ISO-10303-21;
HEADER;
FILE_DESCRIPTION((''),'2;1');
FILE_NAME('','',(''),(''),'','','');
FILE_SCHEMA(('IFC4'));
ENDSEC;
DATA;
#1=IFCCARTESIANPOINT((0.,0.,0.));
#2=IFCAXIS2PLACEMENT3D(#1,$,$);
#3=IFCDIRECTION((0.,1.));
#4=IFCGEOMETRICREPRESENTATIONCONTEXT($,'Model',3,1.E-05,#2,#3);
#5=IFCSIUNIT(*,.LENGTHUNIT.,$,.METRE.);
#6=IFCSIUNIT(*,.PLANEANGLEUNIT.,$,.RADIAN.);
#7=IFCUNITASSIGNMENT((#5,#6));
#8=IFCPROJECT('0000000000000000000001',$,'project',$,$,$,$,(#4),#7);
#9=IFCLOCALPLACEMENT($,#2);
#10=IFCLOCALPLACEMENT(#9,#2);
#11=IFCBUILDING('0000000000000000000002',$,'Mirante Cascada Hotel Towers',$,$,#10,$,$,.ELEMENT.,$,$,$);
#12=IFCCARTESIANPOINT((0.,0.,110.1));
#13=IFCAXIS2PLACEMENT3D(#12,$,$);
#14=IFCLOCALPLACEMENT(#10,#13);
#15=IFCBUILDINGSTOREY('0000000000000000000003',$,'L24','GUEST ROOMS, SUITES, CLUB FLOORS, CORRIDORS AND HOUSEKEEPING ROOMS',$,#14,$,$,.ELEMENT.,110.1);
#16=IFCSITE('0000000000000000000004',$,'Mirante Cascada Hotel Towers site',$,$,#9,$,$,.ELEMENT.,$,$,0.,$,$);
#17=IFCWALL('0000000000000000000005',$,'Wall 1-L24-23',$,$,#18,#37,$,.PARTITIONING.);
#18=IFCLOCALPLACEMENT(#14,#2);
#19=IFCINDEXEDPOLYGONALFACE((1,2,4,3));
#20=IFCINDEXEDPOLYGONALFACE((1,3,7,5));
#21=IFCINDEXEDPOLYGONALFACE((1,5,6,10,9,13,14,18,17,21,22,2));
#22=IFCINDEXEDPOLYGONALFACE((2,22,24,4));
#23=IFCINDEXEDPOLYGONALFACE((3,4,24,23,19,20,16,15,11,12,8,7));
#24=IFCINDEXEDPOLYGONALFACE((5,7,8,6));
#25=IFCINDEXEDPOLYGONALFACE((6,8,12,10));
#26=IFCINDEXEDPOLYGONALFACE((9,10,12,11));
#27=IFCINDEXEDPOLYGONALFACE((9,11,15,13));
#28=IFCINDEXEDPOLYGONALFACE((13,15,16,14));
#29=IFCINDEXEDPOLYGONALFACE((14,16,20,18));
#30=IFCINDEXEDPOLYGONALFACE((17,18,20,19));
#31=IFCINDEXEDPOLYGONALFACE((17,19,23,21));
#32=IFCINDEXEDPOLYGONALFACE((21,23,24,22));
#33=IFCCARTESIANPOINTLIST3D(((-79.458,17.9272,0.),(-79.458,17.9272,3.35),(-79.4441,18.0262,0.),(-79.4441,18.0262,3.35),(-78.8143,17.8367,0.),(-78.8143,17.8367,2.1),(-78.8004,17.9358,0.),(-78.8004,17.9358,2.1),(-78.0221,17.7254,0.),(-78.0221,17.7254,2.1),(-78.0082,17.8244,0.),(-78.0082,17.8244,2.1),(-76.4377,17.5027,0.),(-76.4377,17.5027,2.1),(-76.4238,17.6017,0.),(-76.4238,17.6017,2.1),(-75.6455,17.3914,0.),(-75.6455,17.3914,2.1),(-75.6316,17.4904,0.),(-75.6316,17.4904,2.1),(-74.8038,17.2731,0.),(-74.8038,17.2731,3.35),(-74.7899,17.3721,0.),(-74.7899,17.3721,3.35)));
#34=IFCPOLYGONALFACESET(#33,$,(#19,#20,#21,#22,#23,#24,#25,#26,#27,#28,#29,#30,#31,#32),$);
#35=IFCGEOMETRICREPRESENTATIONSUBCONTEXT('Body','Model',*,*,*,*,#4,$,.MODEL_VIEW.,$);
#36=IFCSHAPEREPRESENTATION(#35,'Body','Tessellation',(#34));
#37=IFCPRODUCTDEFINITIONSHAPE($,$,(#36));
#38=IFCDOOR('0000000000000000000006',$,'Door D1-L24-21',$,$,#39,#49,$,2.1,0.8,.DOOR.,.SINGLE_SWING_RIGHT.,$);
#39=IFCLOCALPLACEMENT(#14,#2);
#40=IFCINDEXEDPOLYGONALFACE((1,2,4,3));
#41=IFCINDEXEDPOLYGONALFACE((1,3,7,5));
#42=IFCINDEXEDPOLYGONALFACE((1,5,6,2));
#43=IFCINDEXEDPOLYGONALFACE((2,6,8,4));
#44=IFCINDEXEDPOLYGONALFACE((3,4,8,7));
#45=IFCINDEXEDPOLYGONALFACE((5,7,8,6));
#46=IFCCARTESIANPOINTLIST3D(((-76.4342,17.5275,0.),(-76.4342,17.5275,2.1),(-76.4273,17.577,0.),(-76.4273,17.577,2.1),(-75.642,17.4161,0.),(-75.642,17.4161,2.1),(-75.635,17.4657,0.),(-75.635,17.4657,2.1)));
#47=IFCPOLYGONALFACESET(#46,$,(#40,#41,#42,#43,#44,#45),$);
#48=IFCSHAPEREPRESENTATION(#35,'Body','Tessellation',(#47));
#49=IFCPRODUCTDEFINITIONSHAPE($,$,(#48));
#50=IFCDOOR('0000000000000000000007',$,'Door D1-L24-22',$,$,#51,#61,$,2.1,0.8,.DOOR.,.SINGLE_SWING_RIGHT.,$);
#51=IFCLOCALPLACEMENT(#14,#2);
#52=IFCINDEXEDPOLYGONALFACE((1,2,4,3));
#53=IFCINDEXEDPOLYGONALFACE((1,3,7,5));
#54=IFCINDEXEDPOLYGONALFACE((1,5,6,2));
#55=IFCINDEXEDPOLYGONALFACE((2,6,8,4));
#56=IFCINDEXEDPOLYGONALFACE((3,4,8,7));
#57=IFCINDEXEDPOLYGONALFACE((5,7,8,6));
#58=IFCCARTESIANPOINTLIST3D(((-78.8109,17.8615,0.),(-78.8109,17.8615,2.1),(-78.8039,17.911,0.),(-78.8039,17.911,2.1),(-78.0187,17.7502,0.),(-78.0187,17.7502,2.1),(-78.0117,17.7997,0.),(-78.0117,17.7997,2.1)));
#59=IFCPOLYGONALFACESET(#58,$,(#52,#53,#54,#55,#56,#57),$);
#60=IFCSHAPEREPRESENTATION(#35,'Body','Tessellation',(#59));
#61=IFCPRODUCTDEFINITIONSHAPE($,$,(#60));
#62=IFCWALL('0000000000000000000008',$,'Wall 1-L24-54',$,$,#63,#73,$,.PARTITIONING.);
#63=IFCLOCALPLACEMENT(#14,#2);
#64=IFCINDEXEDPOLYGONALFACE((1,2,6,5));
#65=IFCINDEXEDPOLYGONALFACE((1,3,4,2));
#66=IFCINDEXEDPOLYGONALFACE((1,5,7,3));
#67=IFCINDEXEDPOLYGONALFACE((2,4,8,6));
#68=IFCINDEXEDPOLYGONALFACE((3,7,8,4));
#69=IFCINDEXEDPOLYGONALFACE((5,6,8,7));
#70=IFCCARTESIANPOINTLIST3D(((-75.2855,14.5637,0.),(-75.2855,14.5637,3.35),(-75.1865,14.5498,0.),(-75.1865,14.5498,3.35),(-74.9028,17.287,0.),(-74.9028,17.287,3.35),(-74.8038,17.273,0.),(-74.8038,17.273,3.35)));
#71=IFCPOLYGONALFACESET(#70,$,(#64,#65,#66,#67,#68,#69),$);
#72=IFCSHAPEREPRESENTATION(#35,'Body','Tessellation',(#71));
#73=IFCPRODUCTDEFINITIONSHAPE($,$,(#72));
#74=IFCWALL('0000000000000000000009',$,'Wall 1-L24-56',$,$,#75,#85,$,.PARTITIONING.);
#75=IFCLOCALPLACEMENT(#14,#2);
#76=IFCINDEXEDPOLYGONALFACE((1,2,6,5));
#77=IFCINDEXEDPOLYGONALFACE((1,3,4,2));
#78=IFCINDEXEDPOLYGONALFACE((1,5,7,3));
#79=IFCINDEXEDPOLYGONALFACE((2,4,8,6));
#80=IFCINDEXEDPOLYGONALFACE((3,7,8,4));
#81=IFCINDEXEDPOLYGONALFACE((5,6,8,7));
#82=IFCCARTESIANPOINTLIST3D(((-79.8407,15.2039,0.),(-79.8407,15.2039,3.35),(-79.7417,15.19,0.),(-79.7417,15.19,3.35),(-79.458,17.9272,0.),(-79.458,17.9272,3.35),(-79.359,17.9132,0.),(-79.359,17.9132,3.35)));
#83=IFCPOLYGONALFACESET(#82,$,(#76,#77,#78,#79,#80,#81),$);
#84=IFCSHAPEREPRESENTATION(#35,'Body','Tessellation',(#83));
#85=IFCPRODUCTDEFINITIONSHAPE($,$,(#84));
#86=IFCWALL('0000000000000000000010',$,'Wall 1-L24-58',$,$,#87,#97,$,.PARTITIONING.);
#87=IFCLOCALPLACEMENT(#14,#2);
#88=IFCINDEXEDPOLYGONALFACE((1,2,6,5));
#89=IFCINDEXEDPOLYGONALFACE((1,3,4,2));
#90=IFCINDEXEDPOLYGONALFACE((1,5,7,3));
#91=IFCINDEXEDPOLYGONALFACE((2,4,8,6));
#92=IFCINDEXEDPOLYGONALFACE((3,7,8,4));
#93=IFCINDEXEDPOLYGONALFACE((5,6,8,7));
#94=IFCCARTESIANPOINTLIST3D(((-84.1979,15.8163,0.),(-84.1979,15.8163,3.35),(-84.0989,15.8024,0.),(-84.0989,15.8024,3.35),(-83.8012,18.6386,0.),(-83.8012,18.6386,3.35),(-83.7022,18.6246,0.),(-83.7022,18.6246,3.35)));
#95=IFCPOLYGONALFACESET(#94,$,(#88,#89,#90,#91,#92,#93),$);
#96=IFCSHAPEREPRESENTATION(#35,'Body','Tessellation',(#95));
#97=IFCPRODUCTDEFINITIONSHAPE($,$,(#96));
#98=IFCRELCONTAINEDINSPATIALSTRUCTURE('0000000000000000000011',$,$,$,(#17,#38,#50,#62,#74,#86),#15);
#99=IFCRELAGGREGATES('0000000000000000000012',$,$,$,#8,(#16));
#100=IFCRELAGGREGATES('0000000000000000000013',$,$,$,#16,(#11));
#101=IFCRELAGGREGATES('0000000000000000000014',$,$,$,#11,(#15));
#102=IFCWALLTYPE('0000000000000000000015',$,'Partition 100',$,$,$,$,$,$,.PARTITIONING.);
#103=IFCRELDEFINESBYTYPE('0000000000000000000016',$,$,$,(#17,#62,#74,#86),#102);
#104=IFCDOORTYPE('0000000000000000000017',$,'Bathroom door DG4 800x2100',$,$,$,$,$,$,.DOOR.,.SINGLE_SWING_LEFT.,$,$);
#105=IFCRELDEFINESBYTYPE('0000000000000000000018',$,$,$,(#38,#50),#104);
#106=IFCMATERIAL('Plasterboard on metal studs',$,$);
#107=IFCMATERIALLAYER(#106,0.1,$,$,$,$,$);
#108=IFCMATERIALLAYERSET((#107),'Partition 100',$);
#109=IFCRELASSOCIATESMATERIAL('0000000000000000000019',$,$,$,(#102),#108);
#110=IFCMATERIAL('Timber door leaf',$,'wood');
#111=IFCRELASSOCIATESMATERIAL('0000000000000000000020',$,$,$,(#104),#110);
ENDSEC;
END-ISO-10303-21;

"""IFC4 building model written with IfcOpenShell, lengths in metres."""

from ifc_helpers import new_model, si_unit, direction, frame, frame_2d, origin, place, context, subcontext, project, spatial, rectangle, extrude, material, layer, layer_set, type_object, element, fill, save


model = new_model("IFC4")

# Units and contexts
model_context = context("Model", 3, precision=1e-05, world=origin(), true_north=direction((0.0, 1.0)))
body_context = subcontext(model_context, "Body", "Model", "MODEL_VIEW")
ifc_project = project(units=[si_unit("LENGTHUNIT", "METRE"), si_unit("PLANEANGLEUNIT", "RADIAN")], contexts=[model_context])

# Site, building, storey
site_placement = place(None, origin())
site = spatial("IfcSite", under=ifc_project, at=site_placement, Name="Mirante Cascada Hotel Towers site", CompositionType="ELEMENT", RefElevation=0.0)
building_placement = place(site_placement, origin())
building = spatial("IfcBuilding", under=site, at=building_placement, Name="Mirante Cascada Hotel Towers", CompositionType="ELEMENT")
storey_placement = place(building_placement, frame((0.0, 0.0, 110.1)))
storey = spatial("IfcBuildingStorey", under=building, at=storey_placement, Name="L24", Description="GUEST ROOMS, SUITES, CLUB FLOORS, CORRIDORS AND HOUSEKEEPING ROOMS", CompositionType="ELEMENT", Elevation=110.1)

# Shared definitions
ifc_material_1 = material(Name="Plasterboard on metal studs")
ifc_layer_1 = layer(ifc_material_1, 0.1)
ifc_layer_set_1 = layer_set([ifc_layer_1], Name="Partition 100")
wall_type_1 = type_object("IfcWallType", Name="Partition 100", PredefinedType="PARTITIONING", material=ifc_layer_set_1)
ifc_material_2 = material(Name="Timber door leaf", Category="wood")
door_type = type_object("IfcDoorType", Name="Bathroom door DG4 800x2100", OperationType="SINGLE_SWING_LEFT", PredefinedType="DOOR", material=ifc_material_2)

# Wall, openings, doors
wall_1_placement = place(storey_placement, frame((-74.7968, 17.3226, 0.0), z_axis=(0.0, 0.0, 1.0), x_axis=(-0.990268, 0.139172, 0.0)))
wall_1 = element("IfcWall", 1, at=wall_1_placement, inside=storey, type_object=wall_type_1, Name="Wall 1-L24-23", PredefinedType="PARTITIONING", context=body_context, shape_type="SweptSolid", body=[
    extrude(rectangle(XDim=4.6999, YDim=0.1, at=frame_2d((2.35, 0.0))), origin(), (0.0, 0.0, 1.0), 3.35),
])
opening_1_placement = place(wall_1_placement, frame((0.85, 0.0, 0.0)))
opening_1 = element("IfcOpeningElement", 2, at=opening_1_placement, cuts=wall_1, PredefinedType="OPENING", context=body_context, shape_type="SweptSolid", body=[
    extrude(rectangle(XDim=0.8, YDim=2.1, at=frame_2d((0.4, 1.05))), frame((0.0, 0.05, 0.0), z_axis=(0.0, -1.0, 0.0), x_axis=(1.0, 0.0, 0.0)), (0.0, 0.0, 1.0), 0.1),
])
opening_2_placement = place(wall_1_placement, frame((3.25, 0.0, 0.0)))
opening_2 = element("IfcOpeningElement", 3, at=opening_2_placement, cuts=wall_1, PredefinedType="OPENING", context=body_context, shape_type="SweptSolid", body=[
    extrude(rectangle(XDim=0.8, YDim=2.1, at=frame_2d((0.4, 1.05))), frame((0.0, 0.05, 0.0), z_axis=(0.0, -1.0, 0.0), x_axis=(1.0, 0.0, 0.0)), (0.0, 0.0, 1.0), 0.1),
])
door_1_placement = place(opening_1_placement, frame((0.8, 0.0, 0.0), z_axis=(0.0, 0.0, 1.0), x_axis=(-1.0, 0.0, 0.0)))
door_1 = element("IfcDoor", 4, at=door_1_placement, inside=storey, type_object=door_type, Name="Door D1-L24-21", OperationType="SINGLE_SWING_RIGHT", OverallHeight=2.1, OverallWidth=0.8, PredefinedType="DOOR", context=body_context, shape_type="SweptSolid", body=[
    extrude(rectangle(XDim=0.8, YDim=2.1, at=frame_2d((0.4, 1.05))), frame((0.0, 0.025, 0.0), z_axis=(0.0, -1.0, 0.0), x_axis=(1.0, 0.0, 0.0)), (0.0, 0.0, 1.0), 0.05),
])
fill(opening_1, door_1)
door_2_placement = place(opening_2_placement, frame((0.8, 0.0, 0.0), z_axis=(0.0, 0.0, 1.0), x_axis=(-1.0, 0.0, 0.0)))
door_2 = element("IfcDoor", 5, at=door_2_placement, inside=storey, type_object=door_type, Name="Door D1-L24-22", OperationType="SINGLE_SWING_RIGHT", OverallHeight=2.1, OverallWidth=0.8, PredefinedType="DOOR", context=body_context, shape_type="SweptSolid", body=[
    extrude(rectangle(XDim=0.8, YDim=2.1, at=frame_2d((0.4, 1.05))), frame((0.0, 0.025, 0.0), z_axis=(0.0, -1.0, 0.0), x_axis=(1.0, 0.0, 0.0)), (0.0, 0.0, 1.0), 0.05),
])
fill(opening_2, door_2)

# Walls
for number, where, z_axis, x_axis, name in (
    (6, (-74.8533, 17.28, 0.0), (0.0, 0.0, 1.0), (-0.139166, -0.990269, 0.0), "Wall 1-L24-54"),
    (7, (-79.4085, 17.9202, 0.0), (0.0, 0.0, 1.0), (-0.139166, -0.990269, 0.0), "Wall 1-L24-56"),
):
    element("IfcWall", number, at=place(storey_placement, frame(where, z_axis=z_axis, x_axis=x_axis)), inside=storey, type_object=wall_type_1, Name=name, PredefinedType="PARTITIONING", context=body_context, shape_type="SweptSolid", body=[
        extrude(rectangle(XDim=2.75, YDim=0.1, at=frame_2d((1.375, 0.0))), origin(), (0.0, 0.0, 1.0), 3.35),
    ])
wall_2_placement = place(storey_placement, frame((-83.7517, 18.6316, 0.0), z_axis=(0.0, 0.0, 1.0), x_axis=(-0.139191, -0.990266, 0.0)))
element("IfcWall", 8, at=wall_2_placement, inside=storey, type_object=wall_type_1, Name="Wall 1-L24-58", PredefinedType="PARTITIONING", context=body_context, shape_type="SweptSolid", body=[
    extrude(rectangle(XDim=2.85, YDim=0.1, at=frame_2d((1.425, 0.0))), origin(), (0.0, 0.0, 1.0), 3.35),
])

save(model, "model.ifc")
